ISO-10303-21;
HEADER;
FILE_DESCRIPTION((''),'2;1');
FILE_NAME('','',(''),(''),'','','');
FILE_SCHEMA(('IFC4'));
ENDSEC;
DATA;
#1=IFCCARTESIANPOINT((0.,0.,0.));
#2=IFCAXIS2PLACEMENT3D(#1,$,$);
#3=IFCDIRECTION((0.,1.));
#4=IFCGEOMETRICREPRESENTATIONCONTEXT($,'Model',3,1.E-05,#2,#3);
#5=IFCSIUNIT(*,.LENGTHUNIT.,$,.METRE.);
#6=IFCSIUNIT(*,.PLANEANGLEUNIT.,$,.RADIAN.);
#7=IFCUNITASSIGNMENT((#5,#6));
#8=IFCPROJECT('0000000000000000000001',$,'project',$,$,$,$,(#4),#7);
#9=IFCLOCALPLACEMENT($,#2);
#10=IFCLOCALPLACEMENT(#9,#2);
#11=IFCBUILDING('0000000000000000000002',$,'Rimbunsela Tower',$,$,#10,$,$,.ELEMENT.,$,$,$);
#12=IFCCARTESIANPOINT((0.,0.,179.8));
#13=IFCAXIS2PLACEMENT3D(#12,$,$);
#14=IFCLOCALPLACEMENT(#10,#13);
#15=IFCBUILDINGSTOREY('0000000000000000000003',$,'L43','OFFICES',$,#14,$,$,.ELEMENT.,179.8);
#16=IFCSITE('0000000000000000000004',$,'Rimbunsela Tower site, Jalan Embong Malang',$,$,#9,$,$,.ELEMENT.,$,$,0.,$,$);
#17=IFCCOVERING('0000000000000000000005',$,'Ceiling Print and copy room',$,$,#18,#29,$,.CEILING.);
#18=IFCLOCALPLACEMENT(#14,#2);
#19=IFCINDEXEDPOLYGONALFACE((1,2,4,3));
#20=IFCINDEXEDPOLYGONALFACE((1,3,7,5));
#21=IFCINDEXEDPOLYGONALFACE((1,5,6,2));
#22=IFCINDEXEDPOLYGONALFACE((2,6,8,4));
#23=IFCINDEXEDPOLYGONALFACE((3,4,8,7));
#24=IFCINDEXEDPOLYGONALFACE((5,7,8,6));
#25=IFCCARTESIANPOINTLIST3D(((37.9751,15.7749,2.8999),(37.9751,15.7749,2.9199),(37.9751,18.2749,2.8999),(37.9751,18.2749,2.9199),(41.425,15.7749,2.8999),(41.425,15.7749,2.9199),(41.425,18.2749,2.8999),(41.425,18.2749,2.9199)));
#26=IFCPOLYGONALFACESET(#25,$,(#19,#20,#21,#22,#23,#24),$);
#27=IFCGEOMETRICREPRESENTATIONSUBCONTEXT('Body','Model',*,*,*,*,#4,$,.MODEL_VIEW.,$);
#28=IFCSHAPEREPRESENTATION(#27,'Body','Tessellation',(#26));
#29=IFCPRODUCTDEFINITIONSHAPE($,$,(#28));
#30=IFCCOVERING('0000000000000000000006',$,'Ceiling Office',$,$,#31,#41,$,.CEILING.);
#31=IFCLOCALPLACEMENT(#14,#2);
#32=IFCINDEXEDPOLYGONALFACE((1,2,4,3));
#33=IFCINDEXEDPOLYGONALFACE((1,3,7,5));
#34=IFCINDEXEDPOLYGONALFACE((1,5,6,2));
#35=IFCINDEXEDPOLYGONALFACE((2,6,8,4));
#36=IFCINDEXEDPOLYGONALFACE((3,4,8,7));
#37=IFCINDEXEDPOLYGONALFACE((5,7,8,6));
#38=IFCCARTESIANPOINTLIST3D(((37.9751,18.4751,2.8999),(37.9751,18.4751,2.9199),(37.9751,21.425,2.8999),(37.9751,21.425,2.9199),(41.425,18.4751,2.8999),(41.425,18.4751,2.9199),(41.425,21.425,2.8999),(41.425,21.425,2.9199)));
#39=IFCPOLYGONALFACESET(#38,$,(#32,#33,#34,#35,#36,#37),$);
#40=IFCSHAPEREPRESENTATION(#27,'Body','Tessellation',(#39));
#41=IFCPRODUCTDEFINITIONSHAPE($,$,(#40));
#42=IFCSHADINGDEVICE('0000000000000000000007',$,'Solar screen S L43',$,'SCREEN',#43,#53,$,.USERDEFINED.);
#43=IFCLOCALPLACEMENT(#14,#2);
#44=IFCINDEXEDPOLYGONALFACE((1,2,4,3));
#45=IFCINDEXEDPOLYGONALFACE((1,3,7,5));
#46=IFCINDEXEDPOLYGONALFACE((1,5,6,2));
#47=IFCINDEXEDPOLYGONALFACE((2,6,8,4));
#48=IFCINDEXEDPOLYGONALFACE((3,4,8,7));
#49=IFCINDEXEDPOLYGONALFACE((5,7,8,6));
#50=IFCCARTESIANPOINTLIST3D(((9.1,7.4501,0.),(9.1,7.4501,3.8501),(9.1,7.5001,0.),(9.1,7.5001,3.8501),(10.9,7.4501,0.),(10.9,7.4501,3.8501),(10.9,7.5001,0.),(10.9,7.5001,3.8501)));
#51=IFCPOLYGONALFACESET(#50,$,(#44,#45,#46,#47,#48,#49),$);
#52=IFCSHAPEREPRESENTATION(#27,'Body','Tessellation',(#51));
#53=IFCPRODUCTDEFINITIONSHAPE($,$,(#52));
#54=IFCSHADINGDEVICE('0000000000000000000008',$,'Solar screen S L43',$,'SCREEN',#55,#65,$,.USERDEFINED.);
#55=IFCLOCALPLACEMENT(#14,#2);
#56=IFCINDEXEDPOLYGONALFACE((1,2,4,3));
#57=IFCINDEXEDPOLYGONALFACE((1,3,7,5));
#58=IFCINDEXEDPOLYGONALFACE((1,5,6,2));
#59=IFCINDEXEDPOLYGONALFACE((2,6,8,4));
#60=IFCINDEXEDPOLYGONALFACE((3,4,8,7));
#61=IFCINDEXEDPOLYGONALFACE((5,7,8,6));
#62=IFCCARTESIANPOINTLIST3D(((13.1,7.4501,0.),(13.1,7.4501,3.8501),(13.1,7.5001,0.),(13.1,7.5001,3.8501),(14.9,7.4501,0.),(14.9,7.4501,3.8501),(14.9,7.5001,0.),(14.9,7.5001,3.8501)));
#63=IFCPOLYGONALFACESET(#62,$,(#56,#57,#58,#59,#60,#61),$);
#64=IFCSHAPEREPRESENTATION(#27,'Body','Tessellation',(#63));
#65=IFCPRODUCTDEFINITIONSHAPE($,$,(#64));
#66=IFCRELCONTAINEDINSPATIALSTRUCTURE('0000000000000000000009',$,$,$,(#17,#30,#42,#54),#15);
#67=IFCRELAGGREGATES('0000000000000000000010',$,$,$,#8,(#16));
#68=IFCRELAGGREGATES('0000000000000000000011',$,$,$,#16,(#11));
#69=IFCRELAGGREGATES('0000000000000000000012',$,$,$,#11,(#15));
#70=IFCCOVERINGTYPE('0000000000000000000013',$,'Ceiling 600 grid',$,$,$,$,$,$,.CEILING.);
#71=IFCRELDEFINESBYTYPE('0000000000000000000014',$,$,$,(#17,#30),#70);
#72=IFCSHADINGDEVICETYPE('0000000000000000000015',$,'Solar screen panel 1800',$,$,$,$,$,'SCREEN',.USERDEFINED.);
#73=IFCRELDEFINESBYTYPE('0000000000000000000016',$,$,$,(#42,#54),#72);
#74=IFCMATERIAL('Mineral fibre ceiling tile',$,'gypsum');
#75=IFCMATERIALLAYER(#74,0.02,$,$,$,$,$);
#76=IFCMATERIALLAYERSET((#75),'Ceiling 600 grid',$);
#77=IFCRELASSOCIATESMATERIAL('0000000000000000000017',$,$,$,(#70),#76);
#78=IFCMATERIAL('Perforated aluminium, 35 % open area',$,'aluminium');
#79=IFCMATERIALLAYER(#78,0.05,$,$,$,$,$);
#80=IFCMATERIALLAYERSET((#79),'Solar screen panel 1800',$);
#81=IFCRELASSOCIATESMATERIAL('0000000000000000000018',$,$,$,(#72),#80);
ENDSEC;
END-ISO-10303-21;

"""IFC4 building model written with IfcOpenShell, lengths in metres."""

from ifc_helpers import new_model, si_unit, direction, frame, origin, origin_2d, place, context, subcontext, project, spatial, polyline, rectangle, outline, extrude, material, layer, layer_set, type_object, element, save


model = new_model("IFC4")

# Units and contexts
model_context = context("Model", 3, precision=1e-05, world=origin(), true_north=direction((0.0, 1.0)))
body_context = subcontext(model_context, "Body", "Model", "MODEL_VIEW")
ifc_project = project(units=[si_unit("LENGTHUNIT", "METRE"), si_unit("PLANEANGLEUNIT", "RADIAN")], contexts=[model_context])

# Site, building, storey
site_placement = place(None, origin())
site = spatial("IfcSite", under=ifc_project, at=site_placement, Name="Rimbunsela Tower site, Jalan Embong Malang", CompositionType="ELEMENT", RefElevation=0.0)
building_placement = place(site_placement, origin())
building = spatial("IfcBuilding", under=site, at=building_placement, Name="Rimbunsela Tower", CompositionType="ELEMENT")
storey_placement = place(building_placement, frame((0.0, 0.0, 179.8)))
storey = spatial("IfcBuildingStorey", under=building, at=storey_placement, Name="L43", Description="OFFICES", CompositionType="ELEMENT", Elevation=179.8)

# Coverings
ifc_material_1 = material(Name="Mineral fibre ceiling tile", Category="gypsum")
ifc_layer_1 = layer(ifc_material_1, 0.02)
ifc_layer_set_1 = layer_set([ifc_layer_1], Name="Ceiling 600 grid")
covering_type_1 = type_object("IfcCoveringType", Name="Ceiling 600 grid", PredefinedType="CEILING", material=ifc_layer_set_1)
covering_1_placement = place(storey_placement, frame((0.0, 0.0, 2.8999)))
element("IfcCovering", 1, at=covering_1_placement, inside=storey, type_object=covering_type_1, Name="Ceiling Print and copy room", PredefinedType="CEILING", context=body_context, shape_type="SweptSolid", body=[
    extrude(outline(polyline([(41.425, 15.7749), (41.425, 18.2749), (37.9751, 18.2749), (37.9751, 15.7749), (41.425, 15.7749)])), origin(), (0.0, 0.0, 1.0), 0.02),
])
covering_2_placement = place(storey_placement, frame((0.0, 0.0, 2.8999)))
element("IfcCovering", 2, at=covering_2_placement, inside=storey, type_object=covering_type_1, Name="Ceiling Office", PredefinedType="CEILING", context=body_context, shape_type="SweptSolid", body=[
    extrude(outline(polyline([(41.425, 18.4751), (41.425, 21.425), (37.9751, 21.425), (37.9751, 18.4751), (41.425, 18.4751)])), origin(), (0.0, 0.0, 1.0), 0.02),
])

# Shading devices
ifc_material_2 = material(Name="Perforated aluminium, 35 % open area", Category="aluminium")
ifc_layer_2 = layer(ifc_material_2, 0.05)
ifc_layer_set_2 = layer_set([ifc_layer_2], Name="Solar screen panel 1800")
shading_device_type = type_object("IfcShadingDeviceType", Name="Solar screen panel 1800", ElementType="SCREEN", PredefinedType="USERDEFINED", material=ifc_layer_set_2)
for number, where, z_axis, x_axis, name in (
    (3, (10.0, 7.4751, 0.0), (0.0, 0.0, 1.0), (1.0, 0.0, 0.0), "Solar screen S L43"),
    (4, (14.0, 7.4751, 0.0), (0.0, 0.0, 1.0), (1.0, 0.0, 0.0), "Solar screen S L43"),
):
    element("IfcShadingDevice", number, at=place(storey_placement, frame(where, z_axis=z_axis, x_axis=x_axis)), inside=storey, type_object=shading_device_type, Name=name, ObjectType="SCREEN", PredefinedType="USERDEFINED", context=body_context, shape_type="SweptSolid", body=[
        extrude(rectangle(XDim=1.8, YDim=0.05, at=origin_2d()), origin(), (0.0, 0.0, 1.0), 3.8501),
    ])

save(model, "model.ifc")
